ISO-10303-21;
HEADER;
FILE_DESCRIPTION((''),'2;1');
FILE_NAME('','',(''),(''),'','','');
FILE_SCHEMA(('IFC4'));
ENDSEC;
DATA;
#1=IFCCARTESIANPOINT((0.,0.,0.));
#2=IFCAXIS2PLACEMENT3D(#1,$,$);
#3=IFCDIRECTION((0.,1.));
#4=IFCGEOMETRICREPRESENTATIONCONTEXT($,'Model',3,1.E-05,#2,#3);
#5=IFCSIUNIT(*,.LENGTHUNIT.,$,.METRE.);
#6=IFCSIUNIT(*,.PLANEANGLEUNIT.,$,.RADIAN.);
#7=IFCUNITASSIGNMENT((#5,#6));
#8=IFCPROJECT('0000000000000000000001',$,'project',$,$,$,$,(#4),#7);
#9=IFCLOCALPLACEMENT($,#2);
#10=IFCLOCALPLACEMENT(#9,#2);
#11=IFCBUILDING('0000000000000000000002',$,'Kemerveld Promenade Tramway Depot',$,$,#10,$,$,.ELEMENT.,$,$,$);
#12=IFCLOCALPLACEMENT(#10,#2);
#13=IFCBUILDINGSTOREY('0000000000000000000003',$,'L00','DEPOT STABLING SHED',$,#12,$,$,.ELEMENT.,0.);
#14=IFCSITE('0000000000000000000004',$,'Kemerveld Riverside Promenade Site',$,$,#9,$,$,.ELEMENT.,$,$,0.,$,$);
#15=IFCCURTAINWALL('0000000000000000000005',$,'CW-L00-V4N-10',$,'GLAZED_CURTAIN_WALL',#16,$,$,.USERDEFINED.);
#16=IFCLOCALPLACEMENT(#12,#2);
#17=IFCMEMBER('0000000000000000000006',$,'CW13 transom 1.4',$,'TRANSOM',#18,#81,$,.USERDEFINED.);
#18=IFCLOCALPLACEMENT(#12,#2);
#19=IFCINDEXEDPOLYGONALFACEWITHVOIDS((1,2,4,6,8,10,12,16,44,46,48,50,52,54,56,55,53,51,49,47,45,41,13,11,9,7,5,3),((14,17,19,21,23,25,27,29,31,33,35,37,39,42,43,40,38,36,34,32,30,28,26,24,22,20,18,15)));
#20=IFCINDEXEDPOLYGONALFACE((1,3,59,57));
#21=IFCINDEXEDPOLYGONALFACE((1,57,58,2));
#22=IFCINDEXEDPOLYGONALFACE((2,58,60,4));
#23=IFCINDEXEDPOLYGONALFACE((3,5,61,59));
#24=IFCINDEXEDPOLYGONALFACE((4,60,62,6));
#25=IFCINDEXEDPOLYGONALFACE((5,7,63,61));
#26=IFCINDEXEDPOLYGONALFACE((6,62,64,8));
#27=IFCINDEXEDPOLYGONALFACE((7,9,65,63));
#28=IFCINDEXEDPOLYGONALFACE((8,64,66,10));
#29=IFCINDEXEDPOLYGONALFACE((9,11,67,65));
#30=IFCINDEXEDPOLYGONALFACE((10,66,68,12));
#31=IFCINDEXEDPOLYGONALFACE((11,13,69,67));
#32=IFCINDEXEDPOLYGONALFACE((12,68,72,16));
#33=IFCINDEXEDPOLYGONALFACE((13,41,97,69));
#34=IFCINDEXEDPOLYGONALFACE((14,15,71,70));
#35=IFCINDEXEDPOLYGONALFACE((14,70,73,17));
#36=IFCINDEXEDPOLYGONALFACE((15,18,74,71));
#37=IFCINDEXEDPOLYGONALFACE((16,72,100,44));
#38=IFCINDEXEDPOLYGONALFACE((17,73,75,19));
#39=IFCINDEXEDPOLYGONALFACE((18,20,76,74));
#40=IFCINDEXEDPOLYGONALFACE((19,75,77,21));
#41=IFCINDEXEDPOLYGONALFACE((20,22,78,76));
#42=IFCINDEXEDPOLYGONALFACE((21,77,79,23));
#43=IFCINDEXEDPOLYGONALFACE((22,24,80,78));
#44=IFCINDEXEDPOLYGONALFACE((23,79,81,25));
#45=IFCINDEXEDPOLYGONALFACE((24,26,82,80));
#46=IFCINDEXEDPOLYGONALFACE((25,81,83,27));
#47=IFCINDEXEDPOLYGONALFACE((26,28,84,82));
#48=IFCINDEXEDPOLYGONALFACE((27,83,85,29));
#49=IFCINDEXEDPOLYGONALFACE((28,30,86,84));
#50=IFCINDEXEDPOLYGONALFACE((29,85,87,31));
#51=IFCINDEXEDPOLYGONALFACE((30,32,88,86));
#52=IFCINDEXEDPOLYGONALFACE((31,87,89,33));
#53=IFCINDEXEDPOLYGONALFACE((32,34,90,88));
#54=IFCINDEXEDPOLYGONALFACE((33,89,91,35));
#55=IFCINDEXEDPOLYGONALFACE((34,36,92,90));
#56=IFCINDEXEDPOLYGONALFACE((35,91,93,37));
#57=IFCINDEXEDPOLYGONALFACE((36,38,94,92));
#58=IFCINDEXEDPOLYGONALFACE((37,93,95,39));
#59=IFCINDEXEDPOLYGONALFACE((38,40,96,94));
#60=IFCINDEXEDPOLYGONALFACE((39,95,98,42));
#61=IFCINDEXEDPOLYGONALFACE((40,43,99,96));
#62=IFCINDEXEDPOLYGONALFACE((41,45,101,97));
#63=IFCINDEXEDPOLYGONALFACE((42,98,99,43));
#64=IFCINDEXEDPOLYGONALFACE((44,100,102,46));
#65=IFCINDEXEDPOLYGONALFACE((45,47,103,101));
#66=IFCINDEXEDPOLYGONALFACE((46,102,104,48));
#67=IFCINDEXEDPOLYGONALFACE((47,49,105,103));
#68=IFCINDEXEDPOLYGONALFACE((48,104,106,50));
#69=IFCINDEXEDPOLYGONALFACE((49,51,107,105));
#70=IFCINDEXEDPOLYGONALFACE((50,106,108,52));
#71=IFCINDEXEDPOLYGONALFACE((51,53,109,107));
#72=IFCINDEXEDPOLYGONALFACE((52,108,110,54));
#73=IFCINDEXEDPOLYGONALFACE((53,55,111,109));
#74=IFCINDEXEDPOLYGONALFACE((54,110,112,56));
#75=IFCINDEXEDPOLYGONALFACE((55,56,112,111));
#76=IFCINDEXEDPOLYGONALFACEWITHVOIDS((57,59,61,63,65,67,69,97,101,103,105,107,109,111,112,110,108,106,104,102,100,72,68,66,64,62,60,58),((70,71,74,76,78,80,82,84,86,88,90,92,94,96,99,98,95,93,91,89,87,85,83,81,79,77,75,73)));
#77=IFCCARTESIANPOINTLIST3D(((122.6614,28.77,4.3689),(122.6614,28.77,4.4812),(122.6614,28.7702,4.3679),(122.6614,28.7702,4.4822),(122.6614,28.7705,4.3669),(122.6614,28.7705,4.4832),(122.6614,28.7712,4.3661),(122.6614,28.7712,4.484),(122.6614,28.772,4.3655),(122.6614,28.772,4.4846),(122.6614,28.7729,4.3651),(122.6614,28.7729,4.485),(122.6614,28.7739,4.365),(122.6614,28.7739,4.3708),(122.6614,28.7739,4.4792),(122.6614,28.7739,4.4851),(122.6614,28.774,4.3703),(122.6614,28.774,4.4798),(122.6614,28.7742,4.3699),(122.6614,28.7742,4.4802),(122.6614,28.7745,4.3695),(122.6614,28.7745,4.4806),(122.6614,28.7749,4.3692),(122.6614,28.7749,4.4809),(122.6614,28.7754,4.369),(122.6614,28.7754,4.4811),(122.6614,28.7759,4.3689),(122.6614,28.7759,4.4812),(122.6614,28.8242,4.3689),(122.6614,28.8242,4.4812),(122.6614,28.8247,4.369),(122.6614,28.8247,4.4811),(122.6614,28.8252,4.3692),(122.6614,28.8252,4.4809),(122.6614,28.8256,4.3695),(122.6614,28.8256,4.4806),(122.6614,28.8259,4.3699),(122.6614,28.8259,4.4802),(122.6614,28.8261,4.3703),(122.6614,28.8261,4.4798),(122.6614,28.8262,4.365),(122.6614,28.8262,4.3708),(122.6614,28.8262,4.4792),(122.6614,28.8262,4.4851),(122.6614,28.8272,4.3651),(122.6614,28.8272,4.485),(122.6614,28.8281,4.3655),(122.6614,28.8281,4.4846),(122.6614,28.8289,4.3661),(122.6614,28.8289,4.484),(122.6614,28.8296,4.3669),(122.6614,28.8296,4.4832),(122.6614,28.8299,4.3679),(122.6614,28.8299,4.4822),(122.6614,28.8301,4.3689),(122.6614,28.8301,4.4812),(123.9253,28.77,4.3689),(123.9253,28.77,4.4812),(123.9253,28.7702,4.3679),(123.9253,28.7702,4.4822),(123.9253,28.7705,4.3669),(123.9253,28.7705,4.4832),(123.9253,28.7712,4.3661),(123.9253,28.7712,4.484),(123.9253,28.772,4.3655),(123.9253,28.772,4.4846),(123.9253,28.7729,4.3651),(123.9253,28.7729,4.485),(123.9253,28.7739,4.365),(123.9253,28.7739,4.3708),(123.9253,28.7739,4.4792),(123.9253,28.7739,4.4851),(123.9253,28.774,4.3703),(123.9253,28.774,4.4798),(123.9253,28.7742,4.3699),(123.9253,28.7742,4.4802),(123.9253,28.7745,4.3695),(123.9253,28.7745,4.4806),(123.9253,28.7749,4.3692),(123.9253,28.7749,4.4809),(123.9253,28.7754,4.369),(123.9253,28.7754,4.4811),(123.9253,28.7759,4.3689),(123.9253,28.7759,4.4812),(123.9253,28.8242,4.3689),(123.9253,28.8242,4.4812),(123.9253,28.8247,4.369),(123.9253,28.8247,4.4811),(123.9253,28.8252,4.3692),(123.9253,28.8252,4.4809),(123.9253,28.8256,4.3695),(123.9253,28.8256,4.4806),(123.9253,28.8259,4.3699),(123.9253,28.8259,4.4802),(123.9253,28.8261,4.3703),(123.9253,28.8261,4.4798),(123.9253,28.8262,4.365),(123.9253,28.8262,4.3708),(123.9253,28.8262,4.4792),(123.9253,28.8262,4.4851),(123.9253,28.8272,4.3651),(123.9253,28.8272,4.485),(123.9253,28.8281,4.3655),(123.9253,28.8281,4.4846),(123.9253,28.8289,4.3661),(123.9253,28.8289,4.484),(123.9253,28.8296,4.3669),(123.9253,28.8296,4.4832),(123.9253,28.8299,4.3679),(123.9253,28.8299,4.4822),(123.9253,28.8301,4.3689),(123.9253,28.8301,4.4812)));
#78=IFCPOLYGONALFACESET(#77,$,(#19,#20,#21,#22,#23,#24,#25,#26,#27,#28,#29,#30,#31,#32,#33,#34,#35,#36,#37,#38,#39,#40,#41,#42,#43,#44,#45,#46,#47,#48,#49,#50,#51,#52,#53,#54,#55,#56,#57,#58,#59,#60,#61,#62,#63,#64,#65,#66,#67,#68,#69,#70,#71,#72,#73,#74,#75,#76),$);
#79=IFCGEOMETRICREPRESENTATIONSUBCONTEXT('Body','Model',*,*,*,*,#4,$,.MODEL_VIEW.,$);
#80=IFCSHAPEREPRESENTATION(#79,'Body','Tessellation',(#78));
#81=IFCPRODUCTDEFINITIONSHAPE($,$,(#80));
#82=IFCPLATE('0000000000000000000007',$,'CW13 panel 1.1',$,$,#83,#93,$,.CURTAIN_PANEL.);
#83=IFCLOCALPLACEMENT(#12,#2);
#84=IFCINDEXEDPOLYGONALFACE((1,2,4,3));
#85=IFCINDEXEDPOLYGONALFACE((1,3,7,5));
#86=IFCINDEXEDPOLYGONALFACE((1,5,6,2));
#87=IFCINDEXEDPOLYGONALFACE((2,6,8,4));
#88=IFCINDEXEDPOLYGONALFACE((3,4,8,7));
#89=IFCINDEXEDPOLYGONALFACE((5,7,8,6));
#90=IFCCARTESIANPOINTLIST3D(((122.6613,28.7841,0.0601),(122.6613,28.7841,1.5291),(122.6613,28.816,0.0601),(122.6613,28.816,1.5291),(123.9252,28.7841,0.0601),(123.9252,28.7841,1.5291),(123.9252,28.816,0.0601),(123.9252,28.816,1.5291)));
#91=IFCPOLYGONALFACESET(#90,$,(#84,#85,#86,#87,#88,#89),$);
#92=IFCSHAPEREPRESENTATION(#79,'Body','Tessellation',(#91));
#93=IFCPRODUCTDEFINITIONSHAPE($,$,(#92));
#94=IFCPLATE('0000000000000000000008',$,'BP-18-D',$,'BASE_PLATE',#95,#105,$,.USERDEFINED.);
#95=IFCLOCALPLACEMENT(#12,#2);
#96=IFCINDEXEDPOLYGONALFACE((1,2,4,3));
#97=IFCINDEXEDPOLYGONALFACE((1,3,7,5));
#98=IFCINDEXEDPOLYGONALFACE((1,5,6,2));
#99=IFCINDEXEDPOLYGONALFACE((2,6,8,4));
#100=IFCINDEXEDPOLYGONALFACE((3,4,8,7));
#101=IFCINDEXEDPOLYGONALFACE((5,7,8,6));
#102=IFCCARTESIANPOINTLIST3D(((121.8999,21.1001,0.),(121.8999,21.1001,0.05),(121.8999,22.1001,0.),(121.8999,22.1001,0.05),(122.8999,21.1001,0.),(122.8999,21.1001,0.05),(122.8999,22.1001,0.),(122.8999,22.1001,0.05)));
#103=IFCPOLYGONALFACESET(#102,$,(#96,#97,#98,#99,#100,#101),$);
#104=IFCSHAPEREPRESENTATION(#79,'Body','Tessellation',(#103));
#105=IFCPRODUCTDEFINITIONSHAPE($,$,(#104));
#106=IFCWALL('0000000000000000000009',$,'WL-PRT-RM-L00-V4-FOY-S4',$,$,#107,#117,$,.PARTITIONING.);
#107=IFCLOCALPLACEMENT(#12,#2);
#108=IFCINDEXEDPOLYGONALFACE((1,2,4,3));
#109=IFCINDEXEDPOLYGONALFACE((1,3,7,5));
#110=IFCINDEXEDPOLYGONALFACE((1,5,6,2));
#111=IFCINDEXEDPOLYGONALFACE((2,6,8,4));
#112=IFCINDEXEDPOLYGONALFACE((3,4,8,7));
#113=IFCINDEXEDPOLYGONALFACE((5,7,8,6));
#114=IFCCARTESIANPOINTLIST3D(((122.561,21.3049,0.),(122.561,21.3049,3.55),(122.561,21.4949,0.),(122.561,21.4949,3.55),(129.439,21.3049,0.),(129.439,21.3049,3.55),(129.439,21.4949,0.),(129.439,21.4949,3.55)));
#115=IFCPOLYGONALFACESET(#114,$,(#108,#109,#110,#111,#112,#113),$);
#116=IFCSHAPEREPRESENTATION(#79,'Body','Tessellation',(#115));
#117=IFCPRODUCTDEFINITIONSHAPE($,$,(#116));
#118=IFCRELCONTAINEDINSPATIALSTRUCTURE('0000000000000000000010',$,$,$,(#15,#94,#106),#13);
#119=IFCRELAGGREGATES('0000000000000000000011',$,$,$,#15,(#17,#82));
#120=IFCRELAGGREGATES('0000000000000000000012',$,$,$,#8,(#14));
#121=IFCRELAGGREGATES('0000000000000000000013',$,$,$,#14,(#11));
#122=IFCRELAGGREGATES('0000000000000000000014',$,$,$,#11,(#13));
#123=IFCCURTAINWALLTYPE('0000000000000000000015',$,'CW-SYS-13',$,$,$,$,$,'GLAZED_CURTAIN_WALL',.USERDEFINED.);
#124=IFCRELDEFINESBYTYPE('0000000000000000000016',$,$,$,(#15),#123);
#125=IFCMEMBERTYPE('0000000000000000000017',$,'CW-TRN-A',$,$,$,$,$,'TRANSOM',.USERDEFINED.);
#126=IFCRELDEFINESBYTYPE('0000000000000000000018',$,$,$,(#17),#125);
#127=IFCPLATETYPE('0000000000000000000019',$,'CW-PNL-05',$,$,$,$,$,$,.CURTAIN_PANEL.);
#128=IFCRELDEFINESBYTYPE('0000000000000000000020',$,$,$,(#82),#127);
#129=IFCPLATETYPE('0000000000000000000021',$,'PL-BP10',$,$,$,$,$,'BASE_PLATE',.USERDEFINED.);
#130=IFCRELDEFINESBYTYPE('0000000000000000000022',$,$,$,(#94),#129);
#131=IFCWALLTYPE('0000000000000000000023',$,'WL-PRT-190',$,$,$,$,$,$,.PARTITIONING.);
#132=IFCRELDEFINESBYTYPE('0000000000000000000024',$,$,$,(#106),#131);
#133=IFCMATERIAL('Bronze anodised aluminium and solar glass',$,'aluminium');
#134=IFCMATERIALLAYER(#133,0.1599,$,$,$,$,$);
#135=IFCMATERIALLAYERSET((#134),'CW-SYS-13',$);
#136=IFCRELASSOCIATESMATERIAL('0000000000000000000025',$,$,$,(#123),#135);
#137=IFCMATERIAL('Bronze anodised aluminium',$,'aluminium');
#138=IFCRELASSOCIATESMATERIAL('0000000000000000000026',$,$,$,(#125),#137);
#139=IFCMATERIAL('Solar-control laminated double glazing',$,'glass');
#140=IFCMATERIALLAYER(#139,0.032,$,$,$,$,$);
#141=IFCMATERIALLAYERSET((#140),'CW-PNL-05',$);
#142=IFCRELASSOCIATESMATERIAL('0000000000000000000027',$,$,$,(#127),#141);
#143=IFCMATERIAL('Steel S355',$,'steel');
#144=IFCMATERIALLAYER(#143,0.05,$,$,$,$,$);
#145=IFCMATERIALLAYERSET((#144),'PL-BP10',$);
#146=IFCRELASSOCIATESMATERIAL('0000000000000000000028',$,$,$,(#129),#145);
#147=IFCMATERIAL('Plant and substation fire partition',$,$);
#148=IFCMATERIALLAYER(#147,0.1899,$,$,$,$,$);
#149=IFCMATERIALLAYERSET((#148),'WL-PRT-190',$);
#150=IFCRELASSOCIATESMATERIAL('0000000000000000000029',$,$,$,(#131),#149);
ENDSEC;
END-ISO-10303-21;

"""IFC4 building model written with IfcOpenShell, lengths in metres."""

from ifc_helpers import new_model, si_unit, direction, frame, frame_2d, origin, origin_2d, place, context, subcontext, project, spatial, rectangle, hollow_rectangle, extrude, material, layer, layer_set, material_profile, profile_set, type_object, element, aggregate, save


model = new_model("IFC4")

# Units and contexts
model_context = context("Model", 3, precision=1e-05, world=origin(), true_north=direction((0.0, 1.0)))
body_context = subcontext(model_context, "Body", "Model", "MODEL_VIEW")
ifc_project = project(units=[si_unit("LENGTHUNIT", "METRE"), si_unit("PLANEANGLEUNIT", "RADIAN")], contexts=[model_context])

# Site, building, storey
site_placement = place(None, origin())
site = spatial("IfcSite", under=ifc_project, at=site_placement, Name="Kemerveld Riverside Promenade Site", CompositionType="ELEMENT", RefElevation=0.0)
building_placement = place(site_placement, origin())
building = spatial("IfcBuilding", under=site, at=building_placement, Name="Kemerveld Promenade Tramway Depot", CompositionType="ELEMENT")
storey_placement = place(building_placement, origin())
storey = spatial("IfcBuildingStorey", under=building, at=storey_placement, Name="L00", Description="DEPOT STABLING SHED", CompositionType="ELEMENT", Elevation=0.0)

# Shared definitions
ifc_material_1 = material(Name="Steel S355", Category="steel")

# Curtain wall, member, plate
ifc_material_2 = material(Name="Bronze anodised aluminium and solar glass", Category="aluminium")
ifc_layer_1 = layer(ifc_material_2, 0.1599)
ifc_layer_set_1 = layer_set([ifc_layer_1], Name="CW-SYS-13")
curtain_wall_type = type_object("IfcCurtainWallType", Name="CW-SYS-13", ElementType="GLAZED_CURTAIN_WALL", PredefinedType="USERDEFINED", material=ifc_layer_set_1)
curtain_wall_placement = place(storey_placement, origin())
curtain_wall = element("IfcCurtainWall", 1, at=curtain_wall_placement, inside=storey, type_object=curtain_wall_type, Name="CW-L00-V4N-10", ObjectType="GLAZED_CURTAIN_WALL", PredefinedType="USERDEFINED")
ifc_material_3 = material(Name="Bronze anodised aluminium", Category="aluminium")
ifc_material_profile_1 = material_profile(ifc_material_3, hollow_rectangle(XDim=0.0601, YDim=0.1201, WallThickness=0.0039, InnerFilletRadius=0.002, OuterFilletRadius=0.0039, at=origin_2d()), Name="CW-TRN-120x60")
ifc_profile_set_1 = profile_set([ifc_material_profile_1], Name="Bronze anodised aluminium")
member_type_1 = type_object("IfcMemberType", Name="CW-TRN-A", ElementType="TRANSOM", PredefinedType="USERDEFINED", material=ifc_profile_set_1)
member_1_placement = place(storey_placement, frame((122.6614, 28.8, 4.425), z_axis=(1.0, 0.0, 0.0), x_axis=(0.0, 1.0, 0.0)))
member_1 = element("IfcMember", 2, at=member_1_placement, type_object=member_type_1, Name="CW13 transom 1.4", ObjectType="TRANSOM", PredefinedType="USERDEFINED", context=body_context, shape_type="SweptSolid", body=[
    extrude(hollow_rectangle(XDim=0.0601, YDim=0.1201, WallThickness=0.0039, InnerFilletRadius=0.002, OuterFilletRadius=0.0039, at=origin_2d()), origin(), (0.0, 0.0, 1.0), 1.2639),
])
ifc_material_4 = material(Name="Solar-control laminated double glazing", Category="glass")
ifc_layer_2 = layer(ifc_material_4, 0.032)
ifc_layer_set_2 = layer_set([ifc_layer_2], Name="CW-PNL-05")
plate_type_1 = type_object("IfcPlateType", Name="CW-PNL-05", PredefinedType="CURTAIN_PANEL", material=ifc_layer_set_2)
plate_1_placement = place(storey_placement, frame((123.2932, 28.8, 0.0601), z_axis=(0.0, 0.0, 1.0), x_axis=(1.0, 0.0, 0.0)))
plate_1 = element("IfcPlate", 3, at=plate_1_placement, type_object=plate_type_1, Name="CW13 panel 1.1", PredefinedType="CURTAIN_PANEL", context=body_context, shape_type="SweptSolid", body=[
    extrude(rectangle(XDim=1.2639, YDim=0.032, at=origin_2d()), origin(), (0.0, 0.0, 1.0), 1.469),
])
aggregate(curtain_wall, [member_1, plate_1])

# Plate
ifc_layer_3 = layer(ifc_material_1, 0.05)
ifc_layer_set_3 = layer_set([ifc_layer_3], Name="PL-BP10")
plate_type_2 = type_object("IfcPlateType", Name="PL-BP10", ElementType="BASE_PLATE", PredefinedType="USERDEFINED", material=ifc_layer_set_3)
plate_2_placement = place(storey_placement, frame((122.3999, 21.6001, 0.0), z_axis=(0.0, 0.0, 1.0), x_axis=(1.0, 0.0, 0.0)))
element("IfcPlate", 4, at=plate_2_placement, inside=storey, type_object=plate_type_2, Name="BP-18-D", ObjectType="BASE_PLATE", PredefinedType="USERDEFINED", context=body_context, shape_type="SweptSolid", body=[
    extrude(rectangle(XDim=1.0, YDim=1.0, at=origin_2d()), origin(), (0.0, 0.0, 1.0), 0.05),
])

# Wall
ifc_material_5 = material(Name="Plant and substation fire partition")
ifc_layer_4 = layer(ifc_material_5, 0.1899)
ifc_layer_set_4 = layer_set([ifc_layer_4], Name="WL-PRT-190")
wall_type = type_object("IfcWallType", Name="WL-PRT-190", PredefinedType="PARTITIONING", material=ifc_layer_set_4)
wall_placement = place(storey_placement, frame((122.561, 21.3999, 0.0), z_axis=(0.0, 0.0, 1.0), x_axis=(1.0, 0.0, 0.0)))
element("IfcWall", 5, at=wall_placement, inside=storey, type_object=wall_type, Name="WL-PRT-RM-L00-V4-FOY-S4", PredefinedType="PARTITIONING", context=body_context, shape_type="SweptSolid", body=[
    extrude(rectangle(XDim=6.8779, YDim=0.1899, at=frame_2d((3.439, 0.0))), origin(), (0.0, 0.0, 1.0), 3.55),
])

save(model, "model.ifc")
